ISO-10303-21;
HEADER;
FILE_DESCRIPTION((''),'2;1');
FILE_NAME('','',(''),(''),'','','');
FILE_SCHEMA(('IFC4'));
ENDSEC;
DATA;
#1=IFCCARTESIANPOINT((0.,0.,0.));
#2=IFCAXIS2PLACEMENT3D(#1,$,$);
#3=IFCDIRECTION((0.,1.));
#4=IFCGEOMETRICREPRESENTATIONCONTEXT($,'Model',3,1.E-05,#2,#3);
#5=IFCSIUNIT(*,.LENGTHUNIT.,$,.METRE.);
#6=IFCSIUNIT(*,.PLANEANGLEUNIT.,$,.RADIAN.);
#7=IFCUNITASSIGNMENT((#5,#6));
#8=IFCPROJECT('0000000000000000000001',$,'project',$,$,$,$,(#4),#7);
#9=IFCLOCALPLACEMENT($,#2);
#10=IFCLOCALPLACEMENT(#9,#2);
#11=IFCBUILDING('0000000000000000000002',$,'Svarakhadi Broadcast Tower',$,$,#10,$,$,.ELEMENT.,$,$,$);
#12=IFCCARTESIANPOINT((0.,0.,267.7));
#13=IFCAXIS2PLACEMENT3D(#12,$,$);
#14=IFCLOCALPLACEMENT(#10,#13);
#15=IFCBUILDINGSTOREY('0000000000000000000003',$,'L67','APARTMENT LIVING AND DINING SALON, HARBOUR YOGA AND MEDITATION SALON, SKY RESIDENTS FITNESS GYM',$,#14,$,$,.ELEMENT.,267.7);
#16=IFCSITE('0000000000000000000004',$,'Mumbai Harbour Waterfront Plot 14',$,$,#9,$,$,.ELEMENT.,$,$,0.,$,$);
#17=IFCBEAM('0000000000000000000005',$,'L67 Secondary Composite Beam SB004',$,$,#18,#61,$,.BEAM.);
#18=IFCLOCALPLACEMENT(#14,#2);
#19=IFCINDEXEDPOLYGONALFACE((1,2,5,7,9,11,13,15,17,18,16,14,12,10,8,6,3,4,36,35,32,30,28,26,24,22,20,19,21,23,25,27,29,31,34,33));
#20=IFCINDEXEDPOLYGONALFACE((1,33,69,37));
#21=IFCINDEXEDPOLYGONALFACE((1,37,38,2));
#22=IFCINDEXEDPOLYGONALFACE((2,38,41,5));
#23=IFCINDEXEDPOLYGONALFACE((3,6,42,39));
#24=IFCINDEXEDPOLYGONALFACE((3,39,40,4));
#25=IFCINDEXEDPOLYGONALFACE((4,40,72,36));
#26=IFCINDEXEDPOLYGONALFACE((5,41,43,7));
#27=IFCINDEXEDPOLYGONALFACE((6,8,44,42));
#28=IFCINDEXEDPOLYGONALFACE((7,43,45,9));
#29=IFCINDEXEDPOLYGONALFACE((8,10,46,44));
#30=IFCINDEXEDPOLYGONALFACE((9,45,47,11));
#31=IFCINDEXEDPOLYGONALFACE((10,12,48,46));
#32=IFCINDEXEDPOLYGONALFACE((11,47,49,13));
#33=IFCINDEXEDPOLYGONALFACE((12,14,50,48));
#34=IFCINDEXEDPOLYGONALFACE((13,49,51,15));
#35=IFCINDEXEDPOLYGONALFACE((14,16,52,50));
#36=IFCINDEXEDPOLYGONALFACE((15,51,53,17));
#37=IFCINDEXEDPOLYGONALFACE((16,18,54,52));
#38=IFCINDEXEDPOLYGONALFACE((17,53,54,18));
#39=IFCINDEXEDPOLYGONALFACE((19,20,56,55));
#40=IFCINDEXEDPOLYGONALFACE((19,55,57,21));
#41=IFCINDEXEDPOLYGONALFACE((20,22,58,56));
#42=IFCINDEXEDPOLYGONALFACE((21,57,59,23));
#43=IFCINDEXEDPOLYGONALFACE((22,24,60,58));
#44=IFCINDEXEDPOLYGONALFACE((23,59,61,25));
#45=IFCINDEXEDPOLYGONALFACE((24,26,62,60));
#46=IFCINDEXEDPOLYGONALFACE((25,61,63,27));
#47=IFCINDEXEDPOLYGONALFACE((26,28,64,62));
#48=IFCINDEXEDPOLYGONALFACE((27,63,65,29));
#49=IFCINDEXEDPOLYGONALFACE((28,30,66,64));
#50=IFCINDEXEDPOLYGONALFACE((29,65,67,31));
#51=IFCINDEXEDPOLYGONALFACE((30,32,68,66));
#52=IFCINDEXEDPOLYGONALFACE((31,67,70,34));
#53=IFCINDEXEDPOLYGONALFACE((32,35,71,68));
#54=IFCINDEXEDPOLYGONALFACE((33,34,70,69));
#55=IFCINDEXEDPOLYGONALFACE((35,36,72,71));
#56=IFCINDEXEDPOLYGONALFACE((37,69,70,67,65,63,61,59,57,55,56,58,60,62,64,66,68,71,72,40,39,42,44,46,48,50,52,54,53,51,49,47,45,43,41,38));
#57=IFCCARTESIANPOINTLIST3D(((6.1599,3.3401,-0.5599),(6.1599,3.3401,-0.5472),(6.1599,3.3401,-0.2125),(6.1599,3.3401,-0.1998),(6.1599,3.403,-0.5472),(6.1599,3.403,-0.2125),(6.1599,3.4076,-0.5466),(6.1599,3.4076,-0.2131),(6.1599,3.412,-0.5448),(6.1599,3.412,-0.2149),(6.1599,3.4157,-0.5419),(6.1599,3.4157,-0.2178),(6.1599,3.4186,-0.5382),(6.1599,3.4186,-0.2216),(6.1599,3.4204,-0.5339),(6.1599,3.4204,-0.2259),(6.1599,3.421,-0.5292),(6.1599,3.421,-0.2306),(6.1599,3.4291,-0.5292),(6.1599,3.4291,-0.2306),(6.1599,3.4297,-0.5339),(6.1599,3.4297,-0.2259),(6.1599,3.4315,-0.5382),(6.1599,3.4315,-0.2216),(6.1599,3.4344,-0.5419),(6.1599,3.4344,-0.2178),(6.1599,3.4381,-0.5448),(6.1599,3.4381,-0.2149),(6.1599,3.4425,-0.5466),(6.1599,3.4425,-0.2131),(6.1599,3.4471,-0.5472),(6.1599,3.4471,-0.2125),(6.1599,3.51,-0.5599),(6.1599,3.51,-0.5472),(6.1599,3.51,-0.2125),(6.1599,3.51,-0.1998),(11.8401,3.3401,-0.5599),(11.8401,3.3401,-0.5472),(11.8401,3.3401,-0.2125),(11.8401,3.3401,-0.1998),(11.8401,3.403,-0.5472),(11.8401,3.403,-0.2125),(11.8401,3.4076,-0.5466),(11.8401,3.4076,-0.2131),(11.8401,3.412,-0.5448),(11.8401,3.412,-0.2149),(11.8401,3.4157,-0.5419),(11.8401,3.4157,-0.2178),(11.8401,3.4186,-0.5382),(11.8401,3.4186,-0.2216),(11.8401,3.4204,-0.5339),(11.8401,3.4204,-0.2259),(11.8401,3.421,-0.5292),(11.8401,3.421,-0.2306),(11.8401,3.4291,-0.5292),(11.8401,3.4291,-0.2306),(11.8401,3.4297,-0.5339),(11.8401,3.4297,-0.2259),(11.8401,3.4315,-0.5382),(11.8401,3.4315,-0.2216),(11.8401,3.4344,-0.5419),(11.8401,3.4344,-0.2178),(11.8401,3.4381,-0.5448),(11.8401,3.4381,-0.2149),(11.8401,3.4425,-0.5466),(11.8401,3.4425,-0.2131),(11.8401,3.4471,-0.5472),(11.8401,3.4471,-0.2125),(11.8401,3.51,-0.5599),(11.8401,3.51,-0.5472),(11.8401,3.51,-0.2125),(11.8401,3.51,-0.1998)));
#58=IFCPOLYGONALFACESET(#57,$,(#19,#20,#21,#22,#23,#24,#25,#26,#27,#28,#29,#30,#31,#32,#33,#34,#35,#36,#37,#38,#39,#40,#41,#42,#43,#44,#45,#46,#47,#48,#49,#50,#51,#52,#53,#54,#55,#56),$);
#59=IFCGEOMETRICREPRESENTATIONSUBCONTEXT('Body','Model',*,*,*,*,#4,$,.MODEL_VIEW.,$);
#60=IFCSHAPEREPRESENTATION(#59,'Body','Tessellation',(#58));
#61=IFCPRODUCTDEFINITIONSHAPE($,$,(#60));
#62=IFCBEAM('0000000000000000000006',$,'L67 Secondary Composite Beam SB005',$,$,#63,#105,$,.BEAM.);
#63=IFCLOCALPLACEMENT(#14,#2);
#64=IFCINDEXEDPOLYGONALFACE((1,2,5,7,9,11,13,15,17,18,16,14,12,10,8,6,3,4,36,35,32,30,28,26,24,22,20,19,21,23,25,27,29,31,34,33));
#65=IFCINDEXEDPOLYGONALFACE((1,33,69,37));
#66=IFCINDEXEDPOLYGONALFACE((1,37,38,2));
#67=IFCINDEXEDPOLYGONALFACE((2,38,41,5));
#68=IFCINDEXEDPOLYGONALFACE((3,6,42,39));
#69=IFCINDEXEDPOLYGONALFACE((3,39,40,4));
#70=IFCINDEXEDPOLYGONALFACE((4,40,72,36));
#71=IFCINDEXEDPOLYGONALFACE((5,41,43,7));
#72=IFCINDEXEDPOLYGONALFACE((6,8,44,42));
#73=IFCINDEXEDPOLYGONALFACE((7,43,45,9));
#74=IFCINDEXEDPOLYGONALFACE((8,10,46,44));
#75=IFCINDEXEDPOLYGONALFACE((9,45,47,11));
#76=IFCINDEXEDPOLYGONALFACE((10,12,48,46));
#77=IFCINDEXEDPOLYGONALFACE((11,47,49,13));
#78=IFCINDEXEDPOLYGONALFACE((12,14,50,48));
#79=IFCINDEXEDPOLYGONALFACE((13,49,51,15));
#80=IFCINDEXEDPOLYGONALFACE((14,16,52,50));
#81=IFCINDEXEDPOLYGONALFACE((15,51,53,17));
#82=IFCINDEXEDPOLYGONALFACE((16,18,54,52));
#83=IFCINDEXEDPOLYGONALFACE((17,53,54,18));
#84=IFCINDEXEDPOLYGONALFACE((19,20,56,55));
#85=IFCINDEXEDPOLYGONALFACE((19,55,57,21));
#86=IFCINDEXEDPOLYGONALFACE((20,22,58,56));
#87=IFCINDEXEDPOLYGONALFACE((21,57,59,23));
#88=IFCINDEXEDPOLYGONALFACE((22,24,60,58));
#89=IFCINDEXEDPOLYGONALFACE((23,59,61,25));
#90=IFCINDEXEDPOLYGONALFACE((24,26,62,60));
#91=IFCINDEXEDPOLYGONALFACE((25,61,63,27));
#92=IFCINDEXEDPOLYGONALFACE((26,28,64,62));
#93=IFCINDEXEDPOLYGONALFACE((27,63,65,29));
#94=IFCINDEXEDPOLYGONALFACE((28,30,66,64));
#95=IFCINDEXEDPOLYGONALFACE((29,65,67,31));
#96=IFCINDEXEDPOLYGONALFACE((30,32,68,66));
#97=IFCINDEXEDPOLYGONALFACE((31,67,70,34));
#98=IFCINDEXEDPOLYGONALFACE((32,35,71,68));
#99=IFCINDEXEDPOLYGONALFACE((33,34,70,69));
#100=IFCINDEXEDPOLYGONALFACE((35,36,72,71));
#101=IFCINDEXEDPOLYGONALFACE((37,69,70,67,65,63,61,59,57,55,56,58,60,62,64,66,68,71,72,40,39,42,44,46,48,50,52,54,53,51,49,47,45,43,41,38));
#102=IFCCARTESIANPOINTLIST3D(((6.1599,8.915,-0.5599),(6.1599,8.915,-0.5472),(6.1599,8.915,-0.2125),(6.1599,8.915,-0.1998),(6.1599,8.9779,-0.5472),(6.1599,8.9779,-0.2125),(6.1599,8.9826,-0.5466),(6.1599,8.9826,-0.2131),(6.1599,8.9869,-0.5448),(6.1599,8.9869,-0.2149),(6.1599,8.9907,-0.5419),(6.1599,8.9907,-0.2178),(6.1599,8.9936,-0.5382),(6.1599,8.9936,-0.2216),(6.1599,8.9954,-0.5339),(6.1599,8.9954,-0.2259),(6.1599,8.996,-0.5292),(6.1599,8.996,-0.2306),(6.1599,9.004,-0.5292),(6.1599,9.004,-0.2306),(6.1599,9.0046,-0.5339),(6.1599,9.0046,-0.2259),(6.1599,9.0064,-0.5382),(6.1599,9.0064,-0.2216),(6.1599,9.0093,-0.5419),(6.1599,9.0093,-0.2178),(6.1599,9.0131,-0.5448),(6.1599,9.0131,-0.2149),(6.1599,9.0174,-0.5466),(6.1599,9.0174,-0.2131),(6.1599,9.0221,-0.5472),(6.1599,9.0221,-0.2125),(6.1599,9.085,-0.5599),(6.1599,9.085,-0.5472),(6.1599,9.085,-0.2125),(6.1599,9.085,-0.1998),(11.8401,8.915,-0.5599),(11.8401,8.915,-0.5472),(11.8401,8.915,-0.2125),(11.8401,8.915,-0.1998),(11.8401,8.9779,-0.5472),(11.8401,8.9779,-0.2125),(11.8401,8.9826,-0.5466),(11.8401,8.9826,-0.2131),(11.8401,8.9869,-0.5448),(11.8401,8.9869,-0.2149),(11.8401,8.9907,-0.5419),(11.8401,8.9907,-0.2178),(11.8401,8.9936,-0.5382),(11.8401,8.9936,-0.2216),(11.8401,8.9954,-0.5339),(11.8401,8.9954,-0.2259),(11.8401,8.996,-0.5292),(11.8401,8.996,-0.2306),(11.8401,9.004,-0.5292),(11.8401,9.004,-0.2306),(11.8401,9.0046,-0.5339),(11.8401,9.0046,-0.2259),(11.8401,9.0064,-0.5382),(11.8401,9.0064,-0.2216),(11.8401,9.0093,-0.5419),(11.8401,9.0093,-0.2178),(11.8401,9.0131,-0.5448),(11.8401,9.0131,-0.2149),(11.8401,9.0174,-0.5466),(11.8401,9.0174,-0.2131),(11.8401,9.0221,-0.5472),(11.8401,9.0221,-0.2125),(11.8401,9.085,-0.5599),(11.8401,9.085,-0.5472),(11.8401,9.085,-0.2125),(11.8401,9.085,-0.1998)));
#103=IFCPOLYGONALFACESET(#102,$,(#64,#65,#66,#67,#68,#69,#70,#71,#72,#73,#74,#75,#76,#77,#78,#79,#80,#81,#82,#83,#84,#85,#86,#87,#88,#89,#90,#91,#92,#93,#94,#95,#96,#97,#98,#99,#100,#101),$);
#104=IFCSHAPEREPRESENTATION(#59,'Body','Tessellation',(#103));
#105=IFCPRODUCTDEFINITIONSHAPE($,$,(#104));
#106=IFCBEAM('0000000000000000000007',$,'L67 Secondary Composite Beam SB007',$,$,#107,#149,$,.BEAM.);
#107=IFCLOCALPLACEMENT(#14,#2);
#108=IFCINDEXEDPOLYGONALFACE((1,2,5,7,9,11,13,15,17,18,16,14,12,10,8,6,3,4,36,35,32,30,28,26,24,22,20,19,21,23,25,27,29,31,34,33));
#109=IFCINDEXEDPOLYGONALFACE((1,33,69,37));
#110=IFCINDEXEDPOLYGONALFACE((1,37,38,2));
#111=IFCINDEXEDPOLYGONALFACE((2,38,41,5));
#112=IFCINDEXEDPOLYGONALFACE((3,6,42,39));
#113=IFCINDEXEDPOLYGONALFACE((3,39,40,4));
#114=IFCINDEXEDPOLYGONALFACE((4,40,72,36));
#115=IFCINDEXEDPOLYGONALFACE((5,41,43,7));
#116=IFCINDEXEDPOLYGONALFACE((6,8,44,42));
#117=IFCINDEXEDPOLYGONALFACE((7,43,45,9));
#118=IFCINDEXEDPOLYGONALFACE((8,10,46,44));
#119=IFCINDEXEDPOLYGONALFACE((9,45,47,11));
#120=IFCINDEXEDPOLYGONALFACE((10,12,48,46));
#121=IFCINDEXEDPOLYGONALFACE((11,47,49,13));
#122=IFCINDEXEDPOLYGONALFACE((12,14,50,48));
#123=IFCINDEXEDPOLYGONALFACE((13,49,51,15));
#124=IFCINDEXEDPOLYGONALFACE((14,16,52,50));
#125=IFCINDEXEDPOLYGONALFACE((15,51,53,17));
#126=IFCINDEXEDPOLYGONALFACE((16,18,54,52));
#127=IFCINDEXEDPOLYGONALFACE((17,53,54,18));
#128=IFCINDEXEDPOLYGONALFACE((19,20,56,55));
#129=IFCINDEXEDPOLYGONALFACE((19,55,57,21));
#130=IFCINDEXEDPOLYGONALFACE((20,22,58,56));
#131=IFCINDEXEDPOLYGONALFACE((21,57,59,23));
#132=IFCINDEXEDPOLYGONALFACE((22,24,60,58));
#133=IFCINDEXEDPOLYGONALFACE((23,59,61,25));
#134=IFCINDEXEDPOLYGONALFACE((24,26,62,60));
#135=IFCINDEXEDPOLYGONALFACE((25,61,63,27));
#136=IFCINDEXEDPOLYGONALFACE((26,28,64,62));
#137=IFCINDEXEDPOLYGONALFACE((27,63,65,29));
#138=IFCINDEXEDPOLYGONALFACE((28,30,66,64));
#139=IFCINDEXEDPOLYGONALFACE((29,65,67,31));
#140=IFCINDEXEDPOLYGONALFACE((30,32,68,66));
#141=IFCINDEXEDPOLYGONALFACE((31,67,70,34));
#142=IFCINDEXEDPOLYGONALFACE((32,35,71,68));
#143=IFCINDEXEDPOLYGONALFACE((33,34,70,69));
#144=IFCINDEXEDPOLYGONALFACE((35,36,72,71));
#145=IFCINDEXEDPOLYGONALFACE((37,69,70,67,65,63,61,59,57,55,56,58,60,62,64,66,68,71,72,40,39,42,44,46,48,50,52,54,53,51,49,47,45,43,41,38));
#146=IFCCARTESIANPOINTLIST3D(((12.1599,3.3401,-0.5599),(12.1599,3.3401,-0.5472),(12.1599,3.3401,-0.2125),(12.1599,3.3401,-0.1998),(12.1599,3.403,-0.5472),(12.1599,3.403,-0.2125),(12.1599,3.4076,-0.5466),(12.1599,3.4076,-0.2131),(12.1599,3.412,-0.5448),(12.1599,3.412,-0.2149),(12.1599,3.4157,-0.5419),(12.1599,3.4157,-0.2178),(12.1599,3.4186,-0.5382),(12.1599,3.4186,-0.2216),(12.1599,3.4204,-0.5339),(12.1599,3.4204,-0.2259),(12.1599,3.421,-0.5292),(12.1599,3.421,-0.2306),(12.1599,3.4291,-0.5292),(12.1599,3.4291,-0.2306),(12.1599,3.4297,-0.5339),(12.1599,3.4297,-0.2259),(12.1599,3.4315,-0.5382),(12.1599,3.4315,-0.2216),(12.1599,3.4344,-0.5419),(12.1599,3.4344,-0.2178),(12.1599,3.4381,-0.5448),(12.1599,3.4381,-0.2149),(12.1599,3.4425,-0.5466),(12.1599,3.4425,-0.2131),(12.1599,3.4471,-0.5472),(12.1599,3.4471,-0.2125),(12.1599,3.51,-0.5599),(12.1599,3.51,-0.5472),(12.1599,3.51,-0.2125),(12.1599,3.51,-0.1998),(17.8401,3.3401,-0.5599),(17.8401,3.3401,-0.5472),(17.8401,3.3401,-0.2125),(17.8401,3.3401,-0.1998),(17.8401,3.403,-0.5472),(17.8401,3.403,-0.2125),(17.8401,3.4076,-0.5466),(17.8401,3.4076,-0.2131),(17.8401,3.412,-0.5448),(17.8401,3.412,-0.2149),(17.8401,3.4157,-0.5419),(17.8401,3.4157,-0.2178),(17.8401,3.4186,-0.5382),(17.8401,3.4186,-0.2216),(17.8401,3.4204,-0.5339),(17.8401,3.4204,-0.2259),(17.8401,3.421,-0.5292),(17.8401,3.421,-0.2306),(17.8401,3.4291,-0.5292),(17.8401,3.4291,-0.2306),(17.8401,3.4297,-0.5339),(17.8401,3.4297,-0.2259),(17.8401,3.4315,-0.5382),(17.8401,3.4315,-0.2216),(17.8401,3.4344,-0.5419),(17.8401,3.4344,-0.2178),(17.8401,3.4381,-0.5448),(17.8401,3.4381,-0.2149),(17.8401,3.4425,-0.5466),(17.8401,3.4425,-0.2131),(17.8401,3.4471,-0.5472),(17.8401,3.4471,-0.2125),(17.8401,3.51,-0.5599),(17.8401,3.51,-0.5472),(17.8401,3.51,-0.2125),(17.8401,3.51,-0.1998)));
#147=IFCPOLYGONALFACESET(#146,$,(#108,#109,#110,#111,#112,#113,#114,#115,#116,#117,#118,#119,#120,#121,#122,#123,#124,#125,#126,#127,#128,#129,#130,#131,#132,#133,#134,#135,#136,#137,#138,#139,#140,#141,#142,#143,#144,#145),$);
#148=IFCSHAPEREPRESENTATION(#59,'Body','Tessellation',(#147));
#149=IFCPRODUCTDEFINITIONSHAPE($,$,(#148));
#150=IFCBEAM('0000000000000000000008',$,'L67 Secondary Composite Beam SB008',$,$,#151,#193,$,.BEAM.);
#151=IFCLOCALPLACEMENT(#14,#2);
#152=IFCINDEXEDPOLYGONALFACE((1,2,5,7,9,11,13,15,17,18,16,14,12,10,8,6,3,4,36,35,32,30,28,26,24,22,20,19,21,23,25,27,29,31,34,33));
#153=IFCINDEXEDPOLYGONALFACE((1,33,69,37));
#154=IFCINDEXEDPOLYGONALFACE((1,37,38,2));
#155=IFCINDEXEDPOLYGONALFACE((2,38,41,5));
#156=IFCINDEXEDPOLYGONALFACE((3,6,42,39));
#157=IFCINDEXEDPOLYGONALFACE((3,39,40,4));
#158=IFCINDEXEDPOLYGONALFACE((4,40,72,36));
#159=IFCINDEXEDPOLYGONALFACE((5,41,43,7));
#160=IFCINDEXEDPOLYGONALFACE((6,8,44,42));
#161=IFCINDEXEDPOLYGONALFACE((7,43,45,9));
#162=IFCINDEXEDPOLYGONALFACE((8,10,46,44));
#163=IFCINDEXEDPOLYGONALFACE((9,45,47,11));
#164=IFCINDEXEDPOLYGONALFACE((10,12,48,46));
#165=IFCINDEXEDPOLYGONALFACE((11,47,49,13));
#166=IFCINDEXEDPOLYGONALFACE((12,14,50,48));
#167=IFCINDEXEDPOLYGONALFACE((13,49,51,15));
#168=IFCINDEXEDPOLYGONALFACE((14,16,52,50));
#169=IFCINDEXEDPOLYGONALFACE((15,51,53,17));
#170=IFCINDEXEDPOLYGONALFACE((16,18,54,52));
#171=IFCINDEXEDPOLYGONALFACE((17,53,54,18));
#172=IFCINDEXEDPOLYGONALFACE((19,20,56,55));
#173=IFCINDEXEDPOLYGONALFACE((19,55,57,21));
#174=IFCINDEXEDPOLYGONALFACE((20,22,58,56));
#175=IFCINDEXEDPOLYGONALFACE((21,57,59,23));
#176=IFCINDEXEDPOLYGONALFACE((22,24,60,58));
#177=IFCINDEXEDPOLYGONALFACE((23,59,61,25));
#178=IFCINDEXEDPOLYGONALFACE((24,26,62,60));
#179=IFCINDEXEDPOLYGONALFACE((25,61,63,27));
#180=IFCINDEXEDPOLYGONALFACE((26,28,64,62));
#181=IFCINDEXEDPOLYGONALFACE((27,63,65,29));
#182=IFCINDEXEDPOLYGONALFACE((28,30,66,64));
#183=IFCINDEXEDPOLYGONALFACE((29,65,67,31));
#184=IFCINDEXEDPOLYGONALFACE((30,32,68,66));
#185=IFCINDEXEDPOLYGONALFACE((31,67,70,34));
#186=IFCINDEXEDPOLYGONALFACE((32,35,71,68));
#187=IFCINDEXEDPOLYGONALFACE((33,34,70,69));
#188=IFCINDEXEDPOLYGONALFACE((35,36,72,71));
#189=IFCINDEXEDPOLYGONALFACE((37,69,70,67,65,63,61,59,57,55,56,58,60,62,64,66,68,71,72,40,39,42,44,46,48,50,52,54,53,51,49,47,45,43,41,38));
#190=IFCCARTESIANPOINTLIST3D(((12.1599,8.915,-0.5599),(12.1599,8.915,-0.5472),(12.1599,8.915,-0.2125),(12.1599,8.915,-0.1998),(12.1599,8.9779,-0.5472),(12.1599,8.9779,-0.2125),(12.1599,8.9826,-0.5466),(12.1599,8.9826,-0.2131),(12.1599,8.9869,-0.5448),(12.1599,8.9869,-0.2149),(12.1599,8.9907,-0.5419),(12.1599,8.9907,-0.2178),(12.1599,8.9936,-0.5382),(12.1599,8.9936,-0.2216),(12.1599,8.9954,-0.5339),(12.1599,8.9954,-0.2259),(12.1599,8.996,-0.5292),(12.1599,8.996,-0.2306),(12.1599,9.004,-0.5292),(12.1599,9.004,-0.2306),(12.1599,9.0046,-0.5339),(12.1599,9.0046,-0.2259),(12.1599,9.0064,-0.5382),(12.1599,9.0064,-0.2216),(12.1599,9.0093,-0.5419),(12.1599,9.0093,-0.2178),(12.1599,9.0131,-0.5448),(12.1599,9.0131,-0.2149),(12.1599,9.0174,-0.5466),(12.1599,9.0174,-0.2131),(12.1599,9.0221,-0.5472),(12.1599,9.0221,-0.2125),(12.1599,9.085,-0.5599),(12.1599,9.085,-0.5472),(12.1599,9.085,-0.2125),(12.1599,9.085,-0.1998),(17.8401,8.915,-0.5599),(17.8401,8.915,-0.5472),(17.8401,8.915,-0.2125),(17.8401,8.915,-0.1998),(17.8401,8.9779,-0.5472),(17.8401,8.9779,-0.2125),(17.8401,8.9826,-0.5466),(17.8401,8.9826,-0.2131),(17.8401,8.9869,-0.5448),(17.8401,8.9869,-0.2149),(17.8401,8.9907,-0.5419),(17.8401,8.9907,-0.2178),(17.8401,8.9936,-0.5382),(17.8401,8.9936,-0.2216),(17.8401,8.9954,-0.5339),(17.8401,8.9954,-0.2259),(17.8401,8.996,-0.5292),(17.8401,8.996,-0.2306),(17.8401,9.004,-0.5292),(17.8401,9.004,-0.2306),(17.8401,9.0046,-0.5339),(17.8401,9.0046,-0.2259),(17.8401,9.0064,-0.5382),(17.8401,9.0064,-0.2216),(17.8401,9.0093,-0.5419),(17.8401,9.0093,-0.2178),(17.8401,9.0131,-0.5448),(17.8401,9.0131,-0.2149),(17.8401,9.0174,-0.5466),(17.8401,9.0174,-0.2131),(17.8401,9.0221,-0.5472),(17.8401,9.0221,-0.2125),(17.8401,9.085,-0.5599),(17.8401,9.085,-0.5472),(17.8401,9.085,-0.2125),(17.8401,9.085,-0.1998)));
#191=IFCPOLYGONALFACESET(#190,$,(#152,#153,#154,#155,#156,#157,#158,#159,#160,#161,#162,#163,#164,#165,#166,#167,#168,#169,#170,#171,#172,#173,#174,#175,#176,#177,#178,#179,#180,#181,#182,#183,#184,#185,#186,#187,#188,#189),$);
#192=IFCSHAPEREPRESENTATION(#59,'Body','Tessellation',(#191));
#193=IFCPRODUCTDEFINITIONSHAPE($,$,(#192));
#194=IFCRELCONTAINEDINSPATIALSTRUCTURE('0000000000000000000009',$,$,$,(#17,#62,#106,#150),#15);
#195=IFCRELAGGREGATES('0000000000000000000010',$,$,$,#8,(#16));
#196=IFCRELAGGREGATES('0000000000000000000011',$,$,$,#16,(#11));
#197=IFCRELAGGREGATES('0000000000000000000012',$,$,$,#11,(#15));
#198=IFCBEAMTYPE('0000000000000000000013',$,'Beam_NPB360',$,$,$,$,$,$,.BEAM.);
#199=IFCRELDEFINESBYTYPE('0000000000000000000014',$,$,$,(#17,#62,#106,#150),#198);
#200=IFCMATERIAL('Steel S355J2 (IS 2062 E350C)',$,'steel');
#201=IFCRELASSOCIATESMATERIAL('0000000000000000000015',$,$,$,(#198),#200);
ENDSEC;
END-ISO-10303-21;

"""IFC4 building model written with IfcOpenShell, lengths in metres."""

from ifc_helpers import new_model, si_unit, direction, frame, origin, origin_2d, place, context, subcontext, project, spatial, i_section, extrude, material, material_profile, profile_set, type_object, element, save


model = new_model("IFC4")

# Units and contexts
model_context = context("Model", 3, precision=1e-05, world=origin(), true_north=direction((0.0, 1.0)))
body_context = subcontext(model_context, "Body", "Model", "MODEL_VIEW")
ifc_project = project(units=[si_unit("LENGTHUNIT", "METRE"), si_unit("PLANEANGLEUNIT", "RADIAN")], contexts=[model_context])

# Site, building, storey
site_placement = place(None, origin())
site = spatial("IfcSite", under=ifc_project, at=site_placement, Name="Mumbai Harbour Waterfront Plot 14", CompositionType="ELEMENT", RefElevation=0.0)
building_placement = place(site_placement, origin())
building = spatial("IfcBuilding", under=site, at=building_placement, Name="Svarakhadi Broadcast Tower", CompositionType="ELEMENT")
storey_placement = place(building_placement, frame((0.0, 0.0, 267.7)))
storey = spatial("IfcBuildingStorey", under=building, at=storey_placement, Name="L67", Description="APARTMENT LIVING AND DINING SALON, HARBOUR YOGA AND MEDITATION SALON, SKY RESIDENTS FITNESS GYM", CompositionType="ELEMENT", Elevation=267.7)

# Beams
ifc_material_1 = material(Name="Steel S355J2 (IS 2062 E350C)", Category="steel")
ifc_material_profile_1 = material_profile(ifc_material_1, i_section(OverallWidth=0.1699, OverallDepth=0.3601, WebThickness=0.0081, FlangeThickness=0.0127, FilletRadius=0.0181, at=origin_2d()), Name="NPB 360x170x57")
ifc_profile_set_1 = profile_set([ifc_material_profile_1], Name="Steel S355J2 (IS 2062 E350C)")
beam_type_1 = type_object("IfcBeamType", Name="Beam_NPB360", PredefinedType="BEAM", material=ifc_profile_set_1)
for number, where, z_axis, x_axis, name in (
    (1, (6.1599, 3.425, -0.3799), (1.0, 0.0, 0.0), (0.0, 1.0, 0.0), "L67 Secondary Composite Beam SB004"),
    (2, (6.1599, 9.0, -0.3799), (1.0, 0.0, 0.0), (0.0, 1.0, 0.0), "L67 Secondary Composite Beam SB005"),
    (3, (12.1599, 3.425, -0.3799), (1.0, 0.0, 0.0), (0.0, 1.0, 0.0), "L67 Secondary Composite Beam SB007"),
    (4, (12.1599, 9.0, -0.3799), (1.0, 0.0, 0.0), (0.0, 1.0, 0.0), "L67 Secondary Composite Beam SB008"),
):
    element("IfcBeam", number, at=place(storey_placement, frame(where, z_axis=z_axis, x_axis=x_axis)), inside=storey, type_object=beam_type_1, Name=name, PredefinedType="BEAM", context=body_context, shape_type="SweptSolid", body=[
        extrude(i_section(OverallWidth=0.1699, OverallDepth=0.3601, WebThickness=0.0081, FlangeThickness=0.0127, FilletRadius=0.0181, at=origin_2d()), origin(), (0.0, 0.0, 1.0), 5.6802),
    ])

save(model, "model.ifc")
